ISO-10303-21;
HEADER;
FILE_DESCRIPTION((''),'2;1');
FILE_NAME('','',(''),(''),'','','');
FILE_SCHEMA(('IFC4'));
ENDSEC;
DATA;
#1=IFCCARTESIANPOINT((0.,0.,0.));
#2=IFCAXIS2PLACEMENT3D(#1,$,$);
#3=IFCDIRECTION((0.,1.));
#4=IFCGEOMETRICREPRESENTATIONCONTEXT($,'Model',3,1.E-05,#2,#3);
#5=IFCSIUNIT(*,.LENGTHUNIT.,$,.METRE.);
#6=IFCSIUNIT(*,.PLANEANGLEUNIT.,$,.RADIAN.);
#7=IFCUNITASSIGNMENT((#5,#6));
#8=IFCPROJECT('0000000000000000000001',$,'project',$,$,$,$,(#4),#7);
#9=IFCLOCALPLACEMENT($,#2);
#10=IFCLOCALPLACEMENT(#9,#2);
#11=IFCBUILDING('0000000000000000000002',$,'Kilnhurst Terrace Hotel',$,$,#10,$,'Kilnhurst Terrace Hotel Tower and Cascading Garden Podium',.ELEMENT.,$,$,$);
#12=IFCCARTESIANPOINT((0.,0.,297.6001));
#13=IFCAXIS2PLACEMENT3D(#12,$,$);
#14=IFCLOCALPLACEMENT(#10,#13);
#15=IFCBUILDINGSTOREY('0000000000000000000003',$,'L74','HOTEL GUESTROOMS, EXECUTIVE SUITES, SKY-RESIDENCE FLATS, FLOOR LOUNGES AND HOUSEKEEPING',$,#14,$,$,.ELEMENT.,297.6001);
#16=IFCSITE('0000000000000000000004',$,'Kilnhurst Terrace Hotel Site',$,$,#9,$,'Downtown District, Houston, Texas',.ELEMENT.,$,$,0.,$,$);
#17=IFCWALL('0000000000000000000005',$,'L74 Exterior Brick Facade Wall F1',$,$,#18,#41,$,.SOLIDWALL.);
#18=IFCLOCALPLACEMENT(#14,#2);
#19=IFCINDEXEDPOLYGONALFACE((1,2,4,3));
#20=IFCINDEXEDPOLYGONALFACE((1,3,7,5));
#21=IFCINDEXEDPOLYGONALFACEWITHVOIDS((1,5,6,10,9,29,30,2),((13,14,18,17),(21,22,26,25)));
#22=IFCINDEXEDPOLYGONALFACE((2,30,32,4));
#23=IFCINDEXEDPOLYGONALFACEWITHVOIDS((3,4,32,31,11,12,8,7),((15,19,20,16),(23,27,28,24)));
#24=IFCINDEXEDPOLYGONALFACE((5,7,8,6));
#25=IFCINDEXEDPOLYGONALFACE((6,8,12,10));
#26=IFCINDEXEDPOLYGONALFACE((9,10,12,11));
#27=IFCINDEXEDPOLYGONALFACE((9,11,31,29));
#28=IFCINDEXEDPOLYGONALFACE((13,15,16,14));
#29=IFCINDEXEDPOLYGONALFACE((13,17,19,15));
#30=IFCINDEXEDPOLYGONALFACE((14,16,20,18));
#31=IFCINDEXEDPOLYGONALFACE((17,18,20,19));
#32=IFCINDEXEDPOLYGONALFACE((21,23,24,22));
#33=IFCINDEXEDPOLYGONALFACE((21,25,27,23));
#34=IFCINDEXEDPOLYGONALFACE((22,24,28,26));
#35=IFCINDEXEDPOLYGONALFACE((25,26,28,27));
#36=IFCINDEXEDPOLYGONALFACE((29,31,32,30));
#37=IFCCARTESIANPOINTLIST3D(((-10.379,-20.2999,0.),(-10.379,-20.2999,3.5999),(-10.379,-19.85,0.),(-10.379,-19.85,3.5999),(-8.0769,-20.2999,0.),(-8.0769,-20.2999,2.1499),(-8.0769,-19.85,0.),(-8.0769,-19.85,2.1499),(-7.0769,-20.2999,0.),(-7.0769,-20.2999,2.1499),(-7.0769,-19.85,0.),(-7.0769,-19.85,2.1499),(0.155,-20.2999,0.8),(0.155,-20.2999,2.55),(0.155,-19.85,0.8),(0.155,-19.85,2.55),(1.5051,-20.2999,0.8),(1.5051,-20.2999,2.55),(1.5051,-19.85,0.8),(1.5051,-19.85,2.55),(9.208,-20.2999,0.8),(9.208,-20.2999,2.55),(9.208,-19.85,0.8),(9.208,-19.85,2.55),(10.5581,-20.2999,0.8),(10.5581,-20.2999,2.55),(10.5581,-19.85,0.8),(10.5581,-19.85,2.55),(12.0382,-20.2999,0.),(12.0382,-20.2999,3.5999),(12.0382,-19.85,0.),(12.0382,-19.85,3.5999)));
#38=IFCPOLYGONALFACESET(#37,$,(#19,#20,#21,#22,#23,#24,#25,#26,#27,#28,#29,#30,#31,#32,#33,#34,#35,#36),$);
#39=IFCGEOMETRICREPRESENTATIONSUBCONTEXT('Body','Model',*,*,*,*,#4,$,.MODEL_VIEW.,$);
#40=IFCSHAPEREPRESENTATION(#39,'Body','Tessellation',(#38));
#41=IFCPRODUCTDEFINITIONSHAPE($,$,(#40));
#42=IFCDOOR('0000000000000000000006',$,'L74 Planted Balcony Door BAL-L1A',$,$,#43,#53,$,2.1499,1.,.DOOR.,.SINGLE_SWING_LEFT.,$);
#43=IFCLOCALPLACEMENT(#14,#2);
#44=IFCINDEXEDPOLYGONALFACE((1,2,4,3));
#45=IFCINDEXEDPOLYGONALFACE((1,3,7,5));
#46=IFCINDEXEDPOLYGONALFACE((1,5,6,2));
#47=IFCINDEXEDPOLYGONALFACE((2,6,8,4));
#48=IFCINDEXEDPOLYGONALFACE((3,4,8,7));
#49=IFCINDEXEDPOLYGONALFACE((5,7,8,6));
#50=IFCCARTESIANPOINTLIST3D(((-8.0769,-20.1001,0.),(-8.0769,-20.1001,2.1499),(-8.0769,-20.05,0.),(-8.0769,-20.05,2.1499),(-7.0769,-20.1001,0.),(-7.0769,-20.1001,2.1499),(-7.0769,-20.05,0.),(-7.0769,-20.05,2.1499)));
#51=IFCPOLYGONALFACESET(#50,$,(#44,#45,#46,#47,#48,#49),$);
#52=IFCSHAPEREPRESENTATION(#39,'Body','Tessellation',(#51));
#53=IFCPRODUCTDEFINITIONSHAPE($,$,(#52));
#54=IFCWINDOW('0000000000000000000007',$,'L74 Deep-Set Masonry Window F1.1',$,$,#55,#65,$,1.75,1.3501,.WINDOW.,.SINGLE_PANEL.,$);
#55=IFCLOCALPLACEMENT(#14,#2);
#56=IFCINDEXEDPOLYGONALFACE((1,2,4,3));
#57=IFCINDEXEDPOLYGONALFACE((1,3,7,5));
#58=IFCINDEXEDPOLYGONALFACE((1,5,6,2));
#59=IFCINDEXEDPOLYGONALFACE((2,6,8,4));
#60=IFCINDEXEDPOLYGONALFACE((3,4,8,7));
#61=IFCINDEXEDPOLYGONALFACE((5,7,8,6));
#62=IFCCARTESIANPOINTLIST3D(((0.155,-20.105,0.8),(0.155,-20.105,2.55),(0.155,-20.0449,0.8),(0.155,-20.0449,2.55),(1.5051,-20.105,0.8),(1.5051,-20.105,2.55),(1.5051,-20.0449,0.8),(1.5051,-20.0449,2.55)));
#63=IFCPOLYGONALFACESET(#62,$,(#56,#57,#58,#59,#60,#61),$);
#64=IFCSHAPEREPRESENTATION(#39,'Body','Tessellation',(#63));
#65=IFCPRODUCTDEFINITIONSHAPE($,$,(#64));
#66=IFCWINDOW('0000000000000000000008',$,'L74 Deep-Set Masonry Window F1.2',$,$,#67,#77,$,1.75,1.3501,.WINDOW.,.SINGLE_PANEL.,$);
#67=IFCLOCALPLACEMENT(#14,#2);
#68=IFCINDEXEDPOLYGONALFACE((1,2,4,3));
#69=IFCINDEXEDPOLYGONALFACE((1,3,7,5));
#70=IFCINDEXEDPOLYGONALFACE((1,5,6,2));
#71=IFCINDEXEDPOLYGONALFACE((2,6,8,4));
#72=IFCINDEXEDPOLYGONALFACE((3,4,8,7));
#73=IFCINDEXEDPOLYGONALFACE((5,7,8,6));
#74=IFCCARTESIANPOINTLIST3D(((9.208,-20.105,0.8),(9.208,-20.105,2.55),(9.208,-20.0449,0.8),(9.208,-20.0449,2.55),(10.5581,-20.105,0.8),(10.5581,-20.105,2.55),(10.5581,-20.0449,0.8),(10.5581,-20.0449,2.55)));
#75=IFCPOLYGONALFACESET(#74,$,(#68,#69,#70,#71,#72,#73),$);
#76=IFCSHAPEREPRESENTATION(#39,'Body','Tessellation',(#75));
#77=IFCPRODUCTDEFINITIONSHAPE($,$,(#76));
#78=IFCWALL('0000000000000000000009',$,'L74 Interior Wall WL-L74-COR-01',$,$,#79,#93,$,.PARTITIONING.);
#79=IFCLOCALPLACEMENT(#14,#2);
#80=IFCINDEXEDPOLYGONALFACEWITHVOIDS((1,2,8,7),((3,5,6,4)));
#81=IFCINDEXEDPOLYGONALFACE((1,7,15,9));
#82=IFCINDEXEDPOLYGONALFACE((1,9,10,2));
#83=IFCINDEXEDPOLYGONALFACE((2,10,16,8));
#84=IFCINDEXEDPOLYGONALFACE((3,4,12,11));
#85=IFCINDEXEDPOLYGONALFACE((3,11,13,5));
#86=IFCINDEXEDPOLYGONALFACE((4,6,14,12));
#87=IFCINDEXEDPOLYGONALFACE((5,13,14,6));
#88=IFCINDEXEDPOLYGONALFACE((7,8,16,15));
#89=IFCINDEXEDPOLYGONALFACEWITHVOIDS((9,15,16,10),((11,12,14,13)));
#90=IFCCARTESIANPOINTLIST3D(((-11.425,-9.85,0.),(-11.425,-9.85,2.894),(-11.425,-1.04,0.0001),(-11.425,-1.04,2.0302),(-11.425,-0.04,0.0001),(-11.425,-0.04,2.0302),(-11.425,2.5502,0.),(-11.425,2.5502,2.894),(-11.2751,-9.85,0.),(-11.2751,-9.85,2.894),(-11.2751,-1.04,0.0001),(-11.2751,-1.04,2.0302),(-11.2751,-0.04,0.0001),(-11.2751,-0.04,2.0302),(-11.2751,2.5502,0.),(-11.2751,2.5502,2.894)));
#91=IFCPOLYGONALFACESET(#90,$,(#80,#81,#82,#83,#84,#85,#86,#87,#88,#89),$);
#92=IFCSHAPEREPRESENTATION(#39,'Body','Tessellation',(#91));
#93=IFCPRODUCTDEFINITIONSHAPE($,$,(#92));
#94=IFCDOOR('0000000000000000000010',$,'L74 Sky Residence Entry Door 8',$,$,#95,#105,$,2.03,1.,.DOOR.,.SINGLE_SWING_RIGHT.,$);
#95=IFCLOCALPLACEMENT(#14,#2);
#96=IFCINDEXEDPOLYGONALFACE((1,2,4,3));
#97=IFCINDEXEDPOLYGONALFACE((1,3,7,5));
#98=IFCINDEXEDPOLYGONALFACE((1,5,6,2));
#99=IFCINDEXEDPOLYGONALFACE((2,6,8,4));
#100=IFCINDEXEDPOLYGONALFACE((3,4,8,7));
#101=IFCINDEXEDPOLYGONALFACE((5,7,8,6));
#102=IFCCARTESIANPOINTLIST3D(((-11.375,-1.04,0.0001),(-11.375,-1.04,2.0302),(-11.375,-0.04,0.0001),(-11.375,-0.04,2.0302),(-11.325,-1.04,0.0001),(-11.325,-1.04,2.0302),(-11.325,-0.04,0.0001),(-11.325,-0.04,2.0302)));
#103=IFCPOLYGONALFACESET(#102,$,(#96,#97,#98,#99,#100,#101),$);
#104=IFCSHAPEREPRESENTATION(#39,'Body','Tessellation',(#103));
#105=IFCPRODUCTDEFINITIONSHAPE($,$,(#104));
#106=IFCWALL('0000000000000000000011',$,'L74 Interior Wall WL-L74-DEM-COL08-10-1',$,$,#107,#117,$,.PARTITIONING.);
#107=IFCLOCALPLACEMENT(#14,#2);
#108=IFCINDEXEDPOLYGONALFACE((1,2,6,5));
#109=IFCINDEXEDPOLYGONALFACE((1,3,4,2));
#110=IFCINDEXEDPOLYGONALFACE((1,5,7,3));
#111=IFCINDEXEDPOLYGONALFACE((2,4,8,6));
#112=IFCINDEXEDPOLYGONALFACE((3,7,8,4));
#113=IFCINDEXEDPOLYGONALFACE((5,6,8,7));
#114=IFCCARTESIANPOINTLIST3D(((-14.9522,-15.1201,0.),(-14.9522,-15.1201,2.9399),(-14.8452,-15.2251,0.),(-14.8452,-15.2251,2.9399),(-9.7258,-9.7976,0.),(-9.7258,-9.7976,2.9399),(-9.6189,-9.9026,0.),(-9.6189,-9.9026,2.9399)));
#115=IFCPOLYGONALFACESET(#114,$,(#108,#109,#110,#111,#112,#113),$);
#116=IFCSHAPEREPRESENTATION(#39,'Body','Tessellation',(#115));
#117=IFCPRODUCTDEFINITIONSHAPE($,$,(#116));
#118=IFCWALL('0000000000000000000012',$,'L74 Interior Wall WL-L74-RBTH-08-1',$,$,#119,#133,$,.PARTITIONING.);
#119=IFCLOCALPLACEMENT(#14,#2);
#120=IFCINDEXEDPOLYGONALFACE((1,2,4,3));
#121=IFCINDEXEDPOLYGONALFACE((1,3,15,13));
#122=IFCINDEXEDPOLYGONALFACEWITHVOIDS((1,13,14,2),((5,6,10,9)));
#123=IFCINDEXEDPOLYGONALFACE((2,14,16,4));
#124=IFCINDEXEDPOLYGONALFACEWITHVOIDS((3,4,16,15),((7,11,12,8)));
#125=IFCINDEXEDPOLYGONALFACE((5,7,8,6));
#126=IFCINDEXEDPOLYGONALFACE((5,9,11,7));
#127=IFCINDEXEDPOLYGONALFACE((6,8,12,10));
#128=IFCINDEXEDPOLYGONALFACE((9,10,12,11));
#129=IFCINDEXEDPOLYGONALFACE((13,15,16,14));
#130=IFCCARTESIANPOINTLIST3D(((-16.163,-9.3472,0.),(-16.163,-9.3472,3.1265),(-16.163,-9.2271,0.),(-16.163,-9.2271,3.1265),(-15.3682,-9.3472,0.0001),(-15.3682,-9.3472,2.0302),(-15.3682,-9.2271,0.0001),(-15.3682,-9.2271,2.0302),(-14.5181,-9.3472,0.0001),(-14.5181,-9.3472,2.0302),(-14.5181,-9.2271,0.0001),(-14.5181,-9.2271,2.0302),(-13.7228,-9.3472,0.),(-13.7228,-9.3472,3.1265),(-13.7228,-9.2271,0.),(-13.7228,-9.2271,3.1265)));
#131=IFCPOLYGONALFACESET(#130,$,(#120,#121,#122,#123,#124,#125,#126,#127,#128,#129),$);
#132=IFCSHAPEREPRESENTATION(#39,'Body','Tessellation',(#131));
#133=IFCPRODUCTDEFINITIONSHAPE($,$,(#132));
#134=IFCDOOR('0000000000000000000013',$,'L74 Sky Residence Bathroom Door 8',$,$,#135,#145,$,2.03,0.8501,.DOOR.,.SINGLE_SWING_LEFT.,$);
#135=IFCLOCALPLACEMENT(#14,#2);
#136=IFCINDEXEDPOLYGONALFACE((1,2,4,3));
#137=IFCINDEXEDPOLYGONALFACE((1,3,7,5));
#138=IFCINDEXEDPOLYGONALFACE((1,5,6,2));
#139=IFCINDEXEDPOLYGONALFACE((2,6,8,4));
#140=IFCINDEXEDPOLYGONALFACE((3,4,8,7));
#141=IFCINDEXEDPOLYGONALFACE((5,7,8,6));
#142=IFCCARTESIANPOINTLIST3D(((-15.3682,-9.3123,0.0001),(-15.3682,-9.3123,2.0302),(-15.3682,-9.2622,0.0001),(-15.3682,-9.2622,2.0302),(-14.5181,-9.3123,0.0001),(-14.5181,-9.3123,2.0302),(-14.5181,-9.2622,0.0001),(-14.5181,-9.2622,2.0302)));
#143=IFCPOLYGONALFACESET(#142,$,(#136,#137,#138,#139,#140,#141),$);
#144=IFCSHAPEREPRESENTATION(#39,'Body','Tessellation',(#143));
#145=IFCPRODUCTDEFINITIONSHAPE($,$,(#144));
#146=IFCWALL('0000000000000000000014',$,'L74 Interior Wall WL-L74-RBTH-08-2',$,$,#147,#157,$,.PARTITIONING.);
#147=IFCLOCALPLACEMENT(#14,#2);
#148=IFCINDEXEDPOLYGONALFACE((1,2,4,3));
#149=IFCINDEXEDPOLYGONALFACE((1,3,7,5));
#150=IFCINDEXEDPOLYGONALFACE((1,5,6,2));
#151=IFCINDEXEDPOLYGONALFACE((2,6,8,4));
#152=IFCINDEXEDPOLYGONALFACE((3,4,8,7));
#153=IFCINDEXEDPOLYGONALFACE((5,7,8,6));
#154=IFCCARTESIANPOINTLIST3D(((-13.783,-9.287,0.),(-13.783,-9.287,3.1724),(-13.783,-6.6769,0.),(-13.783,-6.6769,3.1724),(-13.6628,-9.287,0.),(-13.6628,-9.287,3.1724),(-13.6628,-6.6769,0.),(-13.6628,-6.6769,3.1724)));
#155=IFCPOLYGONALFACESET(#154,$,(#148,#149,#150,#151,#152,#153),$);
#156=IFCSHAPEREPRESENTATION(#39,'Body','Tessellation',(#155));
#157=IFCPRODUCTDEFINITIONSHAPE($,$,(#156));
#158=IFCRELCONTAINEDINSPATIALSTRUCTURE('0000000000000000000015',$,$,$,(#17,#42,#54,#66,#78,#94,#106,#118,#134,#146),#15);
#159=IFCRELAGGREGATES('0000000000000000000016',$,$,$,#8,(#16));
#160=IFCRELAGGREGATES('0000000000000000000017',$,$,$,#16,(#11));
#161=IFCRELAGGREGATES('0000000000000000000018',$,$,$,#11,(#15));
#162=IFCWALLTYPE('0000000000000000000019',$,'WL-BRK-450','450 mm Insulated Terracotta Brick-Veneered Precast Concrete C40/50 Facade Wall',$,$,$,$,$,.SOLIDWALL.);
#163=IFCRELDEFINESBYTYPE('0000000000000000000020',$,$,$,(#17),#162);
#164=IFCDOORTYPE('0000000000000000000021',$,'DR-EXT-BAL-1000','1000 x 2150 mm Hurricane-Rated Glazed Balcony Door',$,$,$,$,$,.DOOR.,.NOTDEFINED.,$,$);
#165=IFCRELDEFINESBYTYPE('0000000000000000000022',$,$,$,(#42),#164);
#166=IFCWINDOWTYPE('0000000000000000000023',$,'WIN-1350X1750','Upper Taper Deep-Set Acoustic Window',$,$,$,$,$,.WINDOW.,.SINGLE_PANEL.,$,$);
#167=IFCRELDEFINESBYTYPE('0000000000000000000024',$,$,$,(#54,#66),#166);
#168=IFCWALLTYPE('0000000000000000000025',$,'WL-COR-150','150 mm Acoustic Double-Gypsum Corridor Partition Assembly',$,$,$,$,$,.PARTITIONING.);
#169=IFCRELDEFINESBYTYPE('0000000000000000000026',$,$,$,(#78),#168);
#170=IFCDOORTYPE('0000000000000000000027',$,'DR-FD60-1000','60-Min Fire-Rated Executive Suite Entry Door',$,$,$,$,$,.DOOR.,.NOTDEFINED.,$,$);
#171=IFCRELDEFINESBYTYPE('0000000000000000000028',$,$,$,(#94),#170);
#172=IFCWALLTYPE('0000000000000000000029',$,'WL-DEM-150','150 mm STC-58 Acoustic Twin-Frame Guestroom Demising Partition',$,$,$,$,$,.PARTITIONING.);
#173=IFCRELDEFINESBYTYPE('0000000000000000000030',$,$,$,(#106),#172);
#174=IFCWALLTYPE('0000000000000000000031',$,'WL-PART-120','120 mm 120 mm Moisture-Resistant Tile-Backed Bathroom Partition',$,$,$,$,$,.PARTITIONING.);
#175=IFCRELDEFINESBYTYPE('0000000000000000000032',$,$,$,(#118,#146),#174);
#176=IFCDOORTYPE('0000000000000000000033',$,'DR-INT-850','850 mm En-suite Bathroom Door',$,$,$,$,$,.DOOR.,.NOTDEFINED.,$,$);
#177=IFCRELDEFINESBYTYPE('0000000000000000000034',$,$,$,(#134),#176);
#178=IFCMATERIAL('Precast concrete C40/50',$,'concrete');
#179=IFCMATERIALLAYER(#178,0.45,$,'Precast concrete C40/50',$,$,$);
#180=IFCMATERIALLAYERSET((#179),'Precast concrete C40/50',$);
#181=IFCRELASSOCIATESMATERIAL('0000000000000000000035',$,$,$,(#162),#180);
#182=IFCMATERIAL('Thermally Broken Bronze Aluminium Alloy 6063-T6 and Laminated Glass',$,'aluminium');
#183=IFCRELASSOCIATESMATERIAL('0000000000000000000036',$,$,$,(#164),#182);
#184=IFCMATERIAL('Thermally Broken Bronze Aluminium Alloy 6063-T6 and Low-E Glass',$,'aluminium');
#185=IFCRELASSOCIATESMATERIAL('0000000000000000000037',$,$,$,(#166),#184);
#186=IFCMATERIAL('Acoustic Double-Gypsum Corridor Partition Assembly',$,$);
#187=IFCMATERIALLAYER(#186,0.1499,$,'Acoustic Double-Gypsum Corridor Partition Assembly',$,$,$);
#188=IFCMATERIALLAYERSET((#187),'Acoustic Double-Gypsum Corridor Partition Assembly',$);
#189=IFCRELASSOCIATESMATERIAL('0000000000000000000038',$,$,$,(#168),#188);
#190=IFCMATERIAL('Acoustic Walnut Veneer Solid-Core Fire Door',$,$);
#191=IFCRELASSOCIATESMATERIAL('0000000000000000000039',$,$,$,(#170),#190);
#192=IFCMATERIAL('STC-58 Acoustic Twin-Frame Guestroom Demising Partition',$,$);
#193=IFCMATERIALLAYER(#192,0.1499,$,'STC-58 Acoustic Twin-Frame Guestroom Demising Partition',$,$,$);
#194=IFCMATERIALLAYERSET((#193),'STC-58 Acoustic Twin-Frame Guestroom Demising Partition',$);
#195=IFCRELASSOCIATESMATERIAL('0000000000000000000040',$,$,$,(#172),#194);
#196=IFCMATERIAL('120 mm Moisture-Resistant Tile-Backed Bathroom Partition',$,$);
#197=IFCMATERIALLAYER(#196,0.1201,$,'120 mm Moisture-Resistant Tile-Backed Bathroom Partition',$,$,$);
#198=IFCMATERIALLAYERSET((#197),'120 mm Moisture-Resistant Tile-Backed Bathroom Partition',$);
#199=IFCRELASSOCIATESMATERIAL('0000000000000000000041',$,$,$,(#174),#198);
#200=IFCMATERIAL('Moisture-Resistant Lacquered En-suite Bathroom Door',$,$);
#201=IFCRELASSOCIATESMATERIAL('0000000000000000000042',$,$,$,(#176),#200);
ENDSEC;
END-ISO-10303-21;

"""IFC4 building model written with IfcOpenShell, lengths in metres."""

from ifc_helpers import new_model, si_unit, direction, frame, frame_2d, origin, place, context, subcontext, project, spatial, rectangle, extrude, material, layer, layer_set, type_object, element, fill, save


model = new_model("IFC4")

# Units and contexts
model_context = context("Model", 3, precision=1e-05, world=origin(), true_north=direction((0.0, 1.0)))
body_context = subcontext(model_context, "Body", "Model", "MODEL_VIEW")
ifc_project = project(units=[si_unit("LENGTHUNIT", "METRE"), si_unit("PLANEANGLEUNIT", "RADIAN")], contexts=[model_context])

# Site, building, storey
site_placement = place(None, origin())
site = spatial("IfcSite", under=ifc_project, at=site_placement, Name="Kilnhurst Terrace Hotel Site", LongName="Downtown District, Houston, Texas", CompositionType="ELEMENT", RefElevation=0.0)
building_placement = place(site_placement, origin())
building = spatial("IfcBuilding", under=site, at=building_placement, Name="Kilnhurst Terrace Hotel", LongName="Kilnhurst Terrace Hotel Tower and Cascading Garden Podium", CompositionType="ELEMENT")
storey_placement = place(building_placement, frame((0.0, 0.0, 297.6001)))
storey = spatial("IfcBuildingStorey", under=building, at=storey_placement, Name="L74", Description="HOTEL GUESTROOMS, EXECUTIVE SUITES, SKY-RESIDENCE FLATS, FLOOR LOUNGES AND HOUSEKEEPING", CompositionType="ELEMENT", Elevation=297.6001)

# Shared definitions
ifc_material_1 = material(Name="Precast concrete C40/50", Category="concrete")
ifc_layer_1 = layer(ifc_material_1, 0.45, Name="Precast concrete C40/50")
ifc_layer_set_1 = layer_set([ifc_layer_1], Name="Precast concrete C40/50")
wall_type_1 = type_object("IfcWallType", Name="WL-BRK-450", Description="450 mm Insulated Terracotta Brick-Veneered Precast Concrete C40/50 Facade Wall", PredefinedType="SOLIDWALL", material=ifc_layer_set_1)

# Wall, openings, door, windows
wall_1_placement = place(storey_placement, frame((-10.3789, -20.075, 0.0), z_axis=(0.0, 0.0, 1.0), x_axis=(1.0, 0.0, 0.0)))
wall_1 = element("IfcWall", 1, at=wall_1_placement, inside=storey, type_object=wall_type_1, Name="L74 Exterior Brick Facade Wall F1", PredefinedType="SOLIDWALL", context=body_context, shape_type="SweptSolid", body=[
    extrude(rectangle(XDim=22.4172, YDim=0.45, at=frame_2d((11.2085, 0.0))), origin(), (0.0, 0.0, 1.0), 3.5999),
])
opening_1_placement = place(wall_1_placement, frame((2.302, 0.0, 0.0)))
opening_1 = element("IfcOpeningElement", 2, at=opening_1_placement, cuts=wall_1, PredefinedType="OPENING", context=body_context, shape_type="SweptSolid", body=[
    extrude(rectangle(XDim=1.0, YDim=2.1499, at=frame_2d((0.5, 1.075))), frame((0.0, 0.2349, 0.0), z_axis=(0.0, -1.0, 0.0), x_axis=(1.0, 0.0, 0.0)), (0.0, 0.0, 1.0), 0.47),
])
opening_2_placement = place(wall_1_placement, frame((10.5339, 0.0, 0.8)))
opening_2 = element("IfcOpeningElement", 3, at=opening_2_placement, cuts=wall_1, PredefinedType="OPENING", context=body_context, shape_type="SweptSolid", body=[
    extrude(rectangle(XDim=1.3501, YDim=1.75, at=frame_2d((0.675, 0.875))), frame((0.0, 0.2349, 0.0), z_axis=(0.0, -1.0, 0.0), x_axis=(1.0, 0.0, 0.0)), (0.0, 0.0, 1.0), 0.47),
])
opening_3_placement = place(wall_1_placement, frame((19.5869, 0.0, 0.8)))
opening_3 = element("IfcOpeningElement", 4, at=opening_3_placement, cuts=wall_1, PredefinedType="OPENING", context=body_context, shape_type="SweptSolid", body=[
    extrude(rectangle(XDim=1.3501, YDim=1.75, at=frame_2d((0.675, 0.875))), frame((0.0, 0.2349, 0.0), z_axis=(0.0, -1.0, 0.0), x_axis=(1.0, 0.0, 0.0)), (0.0, 0.0, 1.0), 0.47),
])
ifc_material_2 = material(Name="Thermally Broken Bronze Aluminium Alloy 6063-T6 and Laminated Glass", Category="aluminium")
door_type_1 = type_object("IfcDoorType", Name="DR-EXT-BAL-1000", Description="1000 x 2150 mm Hurricane-Rated Glazed Balcony Door", OperationType="NOTDEFINED", PredefinedType="DOOR", material=ifc_material_2)
door_1_placement = place(opening_1_placement, origin())
door_1 = element("IfcDoor", 5, at=door_1_placement, inside=storey, type_object=door_type_1, Name="L74 Planted Balcony Door BAL-L1A", OperationType="SINGLE_SWING_LEFT", OverallHeight=2.1499, OverallWidth=1.0, PredefinedType="DOOR", context=body_context, shape_type="SweptSolid", body=[
    extrude(rectangle(XDim=1.0, YDim=2.1499, at=frame_2d((0.5, 1.075))), frame((0.0, 0.0249, 0.0), z_axis=(0.0, -1.0, 0.0), x_axis=(1.0, 0.0, 0.0)), (0.0, 0.0, 1.0), 0.05),
])
fill(opening_1, door_1)
ifc_material_3 = material(Name="Thermally Broken Bronze Aluminium Alloy 6063-T6 and Low-E Glass", Category="aluminium")
window_type = type_object("IfcWindowType", Name="WIN-1350X1750", Description="Upper Taper Deep-Set Acoustic Window", PartitioningType="SINGLE_PANEL", PredefinedType="WINDOW", material=ifc_material_3)
window_1_placement = place(opening_2_placement, origin())
window_1 = element("IfcWindow", 6, at=window_1_placement, inside=storey, type_object=window_type, Name="L74 Deep-Set Masonry Window F1.1", OverallHeight=1.75, OverallWidth=1.3501, PartitioningType="SINGLE_PANEL", PredefinedType="WINDOW", context=body_context, shape_type="SweptSolid", body=[
    extrude(rectangle(XDim=1.3501, YDim=1.75, at=frame_2d((0.675, 0.875))), frame((0.0, 0.03, 0.0), z_axis=(0.0, -1.0, 0.0), x_axis=(1.0, 0.0, 0.0)), (0.0, 0.0, 1.0), 0.0601),
])
fill(opening_2, window_1)
window_2_placement = place(opening_3_placement, origin())
window_2 = element("IfcWindow", 7, at=window_2_placement, inside=storey, type_object=window_type, Name="L74 Deep-Set Masonry Window F1.2", OverallHeight=1.75, OverallWidth=1.3501, PartitioningType="SINGLE_PANEL", PredefinedType="WINDOW", context=body_context, shape_type="SweptSolid", body=[
    extrude(rectangle(XDim=1.3501, YDim=1.75, at=frame_2d((0.675, 0.875))), frame((0.0, 0.03, 0.0), z_axis=(0.0, -1.0, 0.0), x_axis=(1.0, 0.0, 0.0)), (0.0, 0.0, 1.0), 0.0601),
])
fill(opening_3, window_2)

# Wall, opening, door
ifc_material_4 = material(Name="Acoustic Double-Gypsum Corridor Partition Assembly")
ifc_layer_2 = layer(ifc_material_4, 0.1499, Name="Acoustic Double-Gypsum Corridor Partition Assembly")
ifc_layer_set_2 = layer_set([ifc_layer_2], Name="Acoustic Double-Gypsum Corridor Partition Assembly")
wall_type_2 = type_object("IfcWallType", Name="WL-COR-150", Description="150 mm Acoustic Double-Gypsum Corridor Partition Assembly", PredefinedType="PARTITIONING", material=ifc_layer_set_2)
wall_2_placement = place(storey_placement, frame((-11.3501, -9.8501, 0.0), z_axis=(0.0, 0.0, 1.0), x_axis=(0.0, 1.0, 0.0)))
wall_2 = element("IfcWall", 8, at=wall_2_placement, inside=storey, type_object=wall_type_2, Name="L74 Interior Wall WL-L74-COR-01", PredefinedType="PARTITIONING", context=body_context, shape_type="SweptSolid", body=[
    extrude(rectangle(XDim=12.4001, YDim=0.1499, at=frame_2d((6.2002, 0.0))), origin(), (0.0, 0.0, 1.0), 2.894),
])
opening_4_placement = place(wall_2_placement, frame((8.8101, 0.0, 0.0)))
opening_4 = element("IfcOpeningElement", 9, at=opening_4_placement, cuts=wall_2, PredefinedType="OPENING", context=body_context, shape_type="SweptSolid", body=[
    extrude(rectangle(XDim=1.0, YDim=2.03, at=frame_2d((0.5, 1.0151))), frame((0.0, 0.085, 0.0), z_axis=(0.0, -1.0, 0.0), x_axis=(1.0, 0.0, 0.0)), (0.0, 0.0, 1.0), 0.1699),
])
ifc_material_5 = material(Name="Acoustic Walnut Veneer Solid-Core Fire Door")
door_type_2 = type_object("IfcDoorType", Name="DR-FD60-1000", Description="60-Min Fire-Rated Executive Suite Entry Door", OperationType="NOTDEFINED", PredefinedType="DOOR", material=ifc_material_5)
door_2_placement = place(opening_4_placement, origin())
door_2 = element("IfcDoor", 10, at=door_2_placement, inside=storey, type_object=door_type_2, Name="L74 Sky Residence Entry Door 8", OperationType="SINGLE_SWING_RIGHT", OverallHeight=2.03, OverallWidth=1.0, PredefinedType="DOOR", context=body_context, shape_type="SweptSolid", body=[
    extrude(rectangle(XDim=1.0, YDim=2.03, at=frame_2d((0.5, 1.0151))), frame((0.0, 0.0249, 0.0), z_axis=(0.0, -1.0, 0.0), x_axis=(1.0, 0.0, 0.0)), (0.0, 0.0, 1.0), 0.05),
])
fill(opening_4, door_2)

# Wall
ifc_material_6 = material(Name="STC-58 Acoustic Twin-Frame Guestroom Demising Partition")
ifc_layer_3 = layer(ifc_material_6, 0.1499, Name="STC-58 Acoustic Twin-Frame Guestroom Demising Partition")
ifc_layer_set_3 = layer_set([ifc_layer_3], Name="STC-58 Acoustic Twin-Frame Guestroom Demising Partition")
wall_type_3 = type_object("IfcWallType", Name="WL-DEM-150", Description="150 mm STC-58 Acoustic Twin-Frame Guestroom Demising Partition", PredefinedType="PARTITIONING", material=ifc_layer_set_3)
wall_3_placement = place(storey_placement, frame((-9.6724, -9.8501, 0.0), z_axis=(0.0, 0.0, 1.0), x_axis=(-0.70063, -0.713525, 0.0)))
element("IfcWall", 11, at=wall_3_placement, inside=storey, type_object=wall_type_3, Name="L74 Interior Wall WL-L74-DEM-COL08-10-1", PredefinedType="PARTITIONING", context=body_context, shape_type="SweptSolid", body=[
    extrude(rectangle(XDim=7.4595, YDim=0.1499, at=frame_2d((3.7297, 0.0))), origin(), (0.0, 0.0, 1.0), 2.9399),
])

# Wall, opening, door
ifc_material_7 = material(Name="120 mm Moisture-Resistant Tile-Backed Bathroom Partition")
ifc_layer_4 = layer(ifc_material_7, 0.1201, Name="120 mm Moisture-Resistant Tile-Backed Bathroom Partition")
ifc_layer_set_4 = layer_set([ifc_layer_4], Name="120 mm Moisture-Resistant Tile-Backed Bathroom Partition")
wall_type_4 = type_object("IfcWallType", Name="WL-PART-120", Description="120 mm 120 mm Moisture-Resistant Tile-Backed Bathroom Partition", PredefinedType="PARTITIONING", material=ifc_layer_set_4)
wall_4_placement = place(storey_placement, frame((-16.1631, -9.2871, 0.0), z_axis=(0.0, 0.0, 1.0), x_axis=(1.0, 0.0, 0.0)))
wall_4 = element("IfcWall", 12, at=wall_4_placement, inside=storey, type_object=wall_type_4, Name="L74 Interior Wall WL-L74-RBTH-08-1", PredefinedType="PARTITIONING", context=body_context, shape_type="SweptSolid", body=[
    extrude(rectangle(XDim=2.4402, YDim=0.1201, at=frame_2d((1.2202, 0.0))), origin(), (0.0, 0.0, 1.0), 3.1265),
])
opening_5_placement = place(wall_4_placement, frame((0.7949, 0.0, 0.0)))
opening_5 = element("IfcOpeningElement", 13, at=opening_5_placement, cuts=wall_4, PredefinedType="OPENING", context=body_context, shape_type="SweptSolid", body=[
    extrude(rectangle(XDim=0.8501, YDim=2.03, at=frame_2d((0.425, 1.0151))), frame((0.0, 0.0701, 0.0), z_axis=(0.0, -1.0, 0.0), x_axis=(1.0, 0.0, 0.0)), (0.0, 0.0, 1.0), 0.1401),
])
ifc_material_8 = material(Name="Moisture-Resistant Lacquered En-suite Bathroom Door")
door_type_3 = type_object("IfcDoorType", Name="DR-INT-850", Description="850 mm En-suite Bathroom Door", OperationType="NOTDEFINED", PredefinedType="DOOR", material=ifc_material_8)
door_3_placement = place(opening_5_placement, origin())
door_3 = element("IfcDoor", 14, at=door_3_placement, inside=storey, type_object=door_type_3, Name="L74 Sky Residence Bathroom Door 8", OperationType="SINGLE_SWING_LEFT", OverallHeight=2.03, OverallWidth=0.8501, PredefinedType="DOOR", context=body_context, shape_type="SweptSolid", body=[
    extrude(rectangle(XDim=0.8501, YDim=2.03, at=frame_2d((0.425, 1.0151))), frame((0.0, 0.0249, 0.0), z_axis=(0.0, -1.0, 0.0), x_axis=(1.0, 0.0, 0.0)), (0.0, 0.0, 1.0), 0.05),
])
fill(opening_5, door_3)

# Wall
wall_5_placement = place(storey_placement, frame((-13.7229, -9.2871, 0.0), z_axis=(0.0, 0.0, 1.0), x_axis=(0.0, 1.0, 0.0)))
element("IfcWall", 15, at=wall_5_placement, inside=storey, type_object=wall_type_4, Name="L74 Interior Wall WL-L74-RBTH-08-2", PredefinedType="PARTITIONING", context=body_context, shape_type="SweptSolid", body=[
    extrude(rectangle(XDim=2.6101, YDim=0.1201, at=frame_2d((1.3052, 0.0))), origin(), (0.0, 0.0, 1.0), 3.1724),
])

save(model, "model.ifc")
